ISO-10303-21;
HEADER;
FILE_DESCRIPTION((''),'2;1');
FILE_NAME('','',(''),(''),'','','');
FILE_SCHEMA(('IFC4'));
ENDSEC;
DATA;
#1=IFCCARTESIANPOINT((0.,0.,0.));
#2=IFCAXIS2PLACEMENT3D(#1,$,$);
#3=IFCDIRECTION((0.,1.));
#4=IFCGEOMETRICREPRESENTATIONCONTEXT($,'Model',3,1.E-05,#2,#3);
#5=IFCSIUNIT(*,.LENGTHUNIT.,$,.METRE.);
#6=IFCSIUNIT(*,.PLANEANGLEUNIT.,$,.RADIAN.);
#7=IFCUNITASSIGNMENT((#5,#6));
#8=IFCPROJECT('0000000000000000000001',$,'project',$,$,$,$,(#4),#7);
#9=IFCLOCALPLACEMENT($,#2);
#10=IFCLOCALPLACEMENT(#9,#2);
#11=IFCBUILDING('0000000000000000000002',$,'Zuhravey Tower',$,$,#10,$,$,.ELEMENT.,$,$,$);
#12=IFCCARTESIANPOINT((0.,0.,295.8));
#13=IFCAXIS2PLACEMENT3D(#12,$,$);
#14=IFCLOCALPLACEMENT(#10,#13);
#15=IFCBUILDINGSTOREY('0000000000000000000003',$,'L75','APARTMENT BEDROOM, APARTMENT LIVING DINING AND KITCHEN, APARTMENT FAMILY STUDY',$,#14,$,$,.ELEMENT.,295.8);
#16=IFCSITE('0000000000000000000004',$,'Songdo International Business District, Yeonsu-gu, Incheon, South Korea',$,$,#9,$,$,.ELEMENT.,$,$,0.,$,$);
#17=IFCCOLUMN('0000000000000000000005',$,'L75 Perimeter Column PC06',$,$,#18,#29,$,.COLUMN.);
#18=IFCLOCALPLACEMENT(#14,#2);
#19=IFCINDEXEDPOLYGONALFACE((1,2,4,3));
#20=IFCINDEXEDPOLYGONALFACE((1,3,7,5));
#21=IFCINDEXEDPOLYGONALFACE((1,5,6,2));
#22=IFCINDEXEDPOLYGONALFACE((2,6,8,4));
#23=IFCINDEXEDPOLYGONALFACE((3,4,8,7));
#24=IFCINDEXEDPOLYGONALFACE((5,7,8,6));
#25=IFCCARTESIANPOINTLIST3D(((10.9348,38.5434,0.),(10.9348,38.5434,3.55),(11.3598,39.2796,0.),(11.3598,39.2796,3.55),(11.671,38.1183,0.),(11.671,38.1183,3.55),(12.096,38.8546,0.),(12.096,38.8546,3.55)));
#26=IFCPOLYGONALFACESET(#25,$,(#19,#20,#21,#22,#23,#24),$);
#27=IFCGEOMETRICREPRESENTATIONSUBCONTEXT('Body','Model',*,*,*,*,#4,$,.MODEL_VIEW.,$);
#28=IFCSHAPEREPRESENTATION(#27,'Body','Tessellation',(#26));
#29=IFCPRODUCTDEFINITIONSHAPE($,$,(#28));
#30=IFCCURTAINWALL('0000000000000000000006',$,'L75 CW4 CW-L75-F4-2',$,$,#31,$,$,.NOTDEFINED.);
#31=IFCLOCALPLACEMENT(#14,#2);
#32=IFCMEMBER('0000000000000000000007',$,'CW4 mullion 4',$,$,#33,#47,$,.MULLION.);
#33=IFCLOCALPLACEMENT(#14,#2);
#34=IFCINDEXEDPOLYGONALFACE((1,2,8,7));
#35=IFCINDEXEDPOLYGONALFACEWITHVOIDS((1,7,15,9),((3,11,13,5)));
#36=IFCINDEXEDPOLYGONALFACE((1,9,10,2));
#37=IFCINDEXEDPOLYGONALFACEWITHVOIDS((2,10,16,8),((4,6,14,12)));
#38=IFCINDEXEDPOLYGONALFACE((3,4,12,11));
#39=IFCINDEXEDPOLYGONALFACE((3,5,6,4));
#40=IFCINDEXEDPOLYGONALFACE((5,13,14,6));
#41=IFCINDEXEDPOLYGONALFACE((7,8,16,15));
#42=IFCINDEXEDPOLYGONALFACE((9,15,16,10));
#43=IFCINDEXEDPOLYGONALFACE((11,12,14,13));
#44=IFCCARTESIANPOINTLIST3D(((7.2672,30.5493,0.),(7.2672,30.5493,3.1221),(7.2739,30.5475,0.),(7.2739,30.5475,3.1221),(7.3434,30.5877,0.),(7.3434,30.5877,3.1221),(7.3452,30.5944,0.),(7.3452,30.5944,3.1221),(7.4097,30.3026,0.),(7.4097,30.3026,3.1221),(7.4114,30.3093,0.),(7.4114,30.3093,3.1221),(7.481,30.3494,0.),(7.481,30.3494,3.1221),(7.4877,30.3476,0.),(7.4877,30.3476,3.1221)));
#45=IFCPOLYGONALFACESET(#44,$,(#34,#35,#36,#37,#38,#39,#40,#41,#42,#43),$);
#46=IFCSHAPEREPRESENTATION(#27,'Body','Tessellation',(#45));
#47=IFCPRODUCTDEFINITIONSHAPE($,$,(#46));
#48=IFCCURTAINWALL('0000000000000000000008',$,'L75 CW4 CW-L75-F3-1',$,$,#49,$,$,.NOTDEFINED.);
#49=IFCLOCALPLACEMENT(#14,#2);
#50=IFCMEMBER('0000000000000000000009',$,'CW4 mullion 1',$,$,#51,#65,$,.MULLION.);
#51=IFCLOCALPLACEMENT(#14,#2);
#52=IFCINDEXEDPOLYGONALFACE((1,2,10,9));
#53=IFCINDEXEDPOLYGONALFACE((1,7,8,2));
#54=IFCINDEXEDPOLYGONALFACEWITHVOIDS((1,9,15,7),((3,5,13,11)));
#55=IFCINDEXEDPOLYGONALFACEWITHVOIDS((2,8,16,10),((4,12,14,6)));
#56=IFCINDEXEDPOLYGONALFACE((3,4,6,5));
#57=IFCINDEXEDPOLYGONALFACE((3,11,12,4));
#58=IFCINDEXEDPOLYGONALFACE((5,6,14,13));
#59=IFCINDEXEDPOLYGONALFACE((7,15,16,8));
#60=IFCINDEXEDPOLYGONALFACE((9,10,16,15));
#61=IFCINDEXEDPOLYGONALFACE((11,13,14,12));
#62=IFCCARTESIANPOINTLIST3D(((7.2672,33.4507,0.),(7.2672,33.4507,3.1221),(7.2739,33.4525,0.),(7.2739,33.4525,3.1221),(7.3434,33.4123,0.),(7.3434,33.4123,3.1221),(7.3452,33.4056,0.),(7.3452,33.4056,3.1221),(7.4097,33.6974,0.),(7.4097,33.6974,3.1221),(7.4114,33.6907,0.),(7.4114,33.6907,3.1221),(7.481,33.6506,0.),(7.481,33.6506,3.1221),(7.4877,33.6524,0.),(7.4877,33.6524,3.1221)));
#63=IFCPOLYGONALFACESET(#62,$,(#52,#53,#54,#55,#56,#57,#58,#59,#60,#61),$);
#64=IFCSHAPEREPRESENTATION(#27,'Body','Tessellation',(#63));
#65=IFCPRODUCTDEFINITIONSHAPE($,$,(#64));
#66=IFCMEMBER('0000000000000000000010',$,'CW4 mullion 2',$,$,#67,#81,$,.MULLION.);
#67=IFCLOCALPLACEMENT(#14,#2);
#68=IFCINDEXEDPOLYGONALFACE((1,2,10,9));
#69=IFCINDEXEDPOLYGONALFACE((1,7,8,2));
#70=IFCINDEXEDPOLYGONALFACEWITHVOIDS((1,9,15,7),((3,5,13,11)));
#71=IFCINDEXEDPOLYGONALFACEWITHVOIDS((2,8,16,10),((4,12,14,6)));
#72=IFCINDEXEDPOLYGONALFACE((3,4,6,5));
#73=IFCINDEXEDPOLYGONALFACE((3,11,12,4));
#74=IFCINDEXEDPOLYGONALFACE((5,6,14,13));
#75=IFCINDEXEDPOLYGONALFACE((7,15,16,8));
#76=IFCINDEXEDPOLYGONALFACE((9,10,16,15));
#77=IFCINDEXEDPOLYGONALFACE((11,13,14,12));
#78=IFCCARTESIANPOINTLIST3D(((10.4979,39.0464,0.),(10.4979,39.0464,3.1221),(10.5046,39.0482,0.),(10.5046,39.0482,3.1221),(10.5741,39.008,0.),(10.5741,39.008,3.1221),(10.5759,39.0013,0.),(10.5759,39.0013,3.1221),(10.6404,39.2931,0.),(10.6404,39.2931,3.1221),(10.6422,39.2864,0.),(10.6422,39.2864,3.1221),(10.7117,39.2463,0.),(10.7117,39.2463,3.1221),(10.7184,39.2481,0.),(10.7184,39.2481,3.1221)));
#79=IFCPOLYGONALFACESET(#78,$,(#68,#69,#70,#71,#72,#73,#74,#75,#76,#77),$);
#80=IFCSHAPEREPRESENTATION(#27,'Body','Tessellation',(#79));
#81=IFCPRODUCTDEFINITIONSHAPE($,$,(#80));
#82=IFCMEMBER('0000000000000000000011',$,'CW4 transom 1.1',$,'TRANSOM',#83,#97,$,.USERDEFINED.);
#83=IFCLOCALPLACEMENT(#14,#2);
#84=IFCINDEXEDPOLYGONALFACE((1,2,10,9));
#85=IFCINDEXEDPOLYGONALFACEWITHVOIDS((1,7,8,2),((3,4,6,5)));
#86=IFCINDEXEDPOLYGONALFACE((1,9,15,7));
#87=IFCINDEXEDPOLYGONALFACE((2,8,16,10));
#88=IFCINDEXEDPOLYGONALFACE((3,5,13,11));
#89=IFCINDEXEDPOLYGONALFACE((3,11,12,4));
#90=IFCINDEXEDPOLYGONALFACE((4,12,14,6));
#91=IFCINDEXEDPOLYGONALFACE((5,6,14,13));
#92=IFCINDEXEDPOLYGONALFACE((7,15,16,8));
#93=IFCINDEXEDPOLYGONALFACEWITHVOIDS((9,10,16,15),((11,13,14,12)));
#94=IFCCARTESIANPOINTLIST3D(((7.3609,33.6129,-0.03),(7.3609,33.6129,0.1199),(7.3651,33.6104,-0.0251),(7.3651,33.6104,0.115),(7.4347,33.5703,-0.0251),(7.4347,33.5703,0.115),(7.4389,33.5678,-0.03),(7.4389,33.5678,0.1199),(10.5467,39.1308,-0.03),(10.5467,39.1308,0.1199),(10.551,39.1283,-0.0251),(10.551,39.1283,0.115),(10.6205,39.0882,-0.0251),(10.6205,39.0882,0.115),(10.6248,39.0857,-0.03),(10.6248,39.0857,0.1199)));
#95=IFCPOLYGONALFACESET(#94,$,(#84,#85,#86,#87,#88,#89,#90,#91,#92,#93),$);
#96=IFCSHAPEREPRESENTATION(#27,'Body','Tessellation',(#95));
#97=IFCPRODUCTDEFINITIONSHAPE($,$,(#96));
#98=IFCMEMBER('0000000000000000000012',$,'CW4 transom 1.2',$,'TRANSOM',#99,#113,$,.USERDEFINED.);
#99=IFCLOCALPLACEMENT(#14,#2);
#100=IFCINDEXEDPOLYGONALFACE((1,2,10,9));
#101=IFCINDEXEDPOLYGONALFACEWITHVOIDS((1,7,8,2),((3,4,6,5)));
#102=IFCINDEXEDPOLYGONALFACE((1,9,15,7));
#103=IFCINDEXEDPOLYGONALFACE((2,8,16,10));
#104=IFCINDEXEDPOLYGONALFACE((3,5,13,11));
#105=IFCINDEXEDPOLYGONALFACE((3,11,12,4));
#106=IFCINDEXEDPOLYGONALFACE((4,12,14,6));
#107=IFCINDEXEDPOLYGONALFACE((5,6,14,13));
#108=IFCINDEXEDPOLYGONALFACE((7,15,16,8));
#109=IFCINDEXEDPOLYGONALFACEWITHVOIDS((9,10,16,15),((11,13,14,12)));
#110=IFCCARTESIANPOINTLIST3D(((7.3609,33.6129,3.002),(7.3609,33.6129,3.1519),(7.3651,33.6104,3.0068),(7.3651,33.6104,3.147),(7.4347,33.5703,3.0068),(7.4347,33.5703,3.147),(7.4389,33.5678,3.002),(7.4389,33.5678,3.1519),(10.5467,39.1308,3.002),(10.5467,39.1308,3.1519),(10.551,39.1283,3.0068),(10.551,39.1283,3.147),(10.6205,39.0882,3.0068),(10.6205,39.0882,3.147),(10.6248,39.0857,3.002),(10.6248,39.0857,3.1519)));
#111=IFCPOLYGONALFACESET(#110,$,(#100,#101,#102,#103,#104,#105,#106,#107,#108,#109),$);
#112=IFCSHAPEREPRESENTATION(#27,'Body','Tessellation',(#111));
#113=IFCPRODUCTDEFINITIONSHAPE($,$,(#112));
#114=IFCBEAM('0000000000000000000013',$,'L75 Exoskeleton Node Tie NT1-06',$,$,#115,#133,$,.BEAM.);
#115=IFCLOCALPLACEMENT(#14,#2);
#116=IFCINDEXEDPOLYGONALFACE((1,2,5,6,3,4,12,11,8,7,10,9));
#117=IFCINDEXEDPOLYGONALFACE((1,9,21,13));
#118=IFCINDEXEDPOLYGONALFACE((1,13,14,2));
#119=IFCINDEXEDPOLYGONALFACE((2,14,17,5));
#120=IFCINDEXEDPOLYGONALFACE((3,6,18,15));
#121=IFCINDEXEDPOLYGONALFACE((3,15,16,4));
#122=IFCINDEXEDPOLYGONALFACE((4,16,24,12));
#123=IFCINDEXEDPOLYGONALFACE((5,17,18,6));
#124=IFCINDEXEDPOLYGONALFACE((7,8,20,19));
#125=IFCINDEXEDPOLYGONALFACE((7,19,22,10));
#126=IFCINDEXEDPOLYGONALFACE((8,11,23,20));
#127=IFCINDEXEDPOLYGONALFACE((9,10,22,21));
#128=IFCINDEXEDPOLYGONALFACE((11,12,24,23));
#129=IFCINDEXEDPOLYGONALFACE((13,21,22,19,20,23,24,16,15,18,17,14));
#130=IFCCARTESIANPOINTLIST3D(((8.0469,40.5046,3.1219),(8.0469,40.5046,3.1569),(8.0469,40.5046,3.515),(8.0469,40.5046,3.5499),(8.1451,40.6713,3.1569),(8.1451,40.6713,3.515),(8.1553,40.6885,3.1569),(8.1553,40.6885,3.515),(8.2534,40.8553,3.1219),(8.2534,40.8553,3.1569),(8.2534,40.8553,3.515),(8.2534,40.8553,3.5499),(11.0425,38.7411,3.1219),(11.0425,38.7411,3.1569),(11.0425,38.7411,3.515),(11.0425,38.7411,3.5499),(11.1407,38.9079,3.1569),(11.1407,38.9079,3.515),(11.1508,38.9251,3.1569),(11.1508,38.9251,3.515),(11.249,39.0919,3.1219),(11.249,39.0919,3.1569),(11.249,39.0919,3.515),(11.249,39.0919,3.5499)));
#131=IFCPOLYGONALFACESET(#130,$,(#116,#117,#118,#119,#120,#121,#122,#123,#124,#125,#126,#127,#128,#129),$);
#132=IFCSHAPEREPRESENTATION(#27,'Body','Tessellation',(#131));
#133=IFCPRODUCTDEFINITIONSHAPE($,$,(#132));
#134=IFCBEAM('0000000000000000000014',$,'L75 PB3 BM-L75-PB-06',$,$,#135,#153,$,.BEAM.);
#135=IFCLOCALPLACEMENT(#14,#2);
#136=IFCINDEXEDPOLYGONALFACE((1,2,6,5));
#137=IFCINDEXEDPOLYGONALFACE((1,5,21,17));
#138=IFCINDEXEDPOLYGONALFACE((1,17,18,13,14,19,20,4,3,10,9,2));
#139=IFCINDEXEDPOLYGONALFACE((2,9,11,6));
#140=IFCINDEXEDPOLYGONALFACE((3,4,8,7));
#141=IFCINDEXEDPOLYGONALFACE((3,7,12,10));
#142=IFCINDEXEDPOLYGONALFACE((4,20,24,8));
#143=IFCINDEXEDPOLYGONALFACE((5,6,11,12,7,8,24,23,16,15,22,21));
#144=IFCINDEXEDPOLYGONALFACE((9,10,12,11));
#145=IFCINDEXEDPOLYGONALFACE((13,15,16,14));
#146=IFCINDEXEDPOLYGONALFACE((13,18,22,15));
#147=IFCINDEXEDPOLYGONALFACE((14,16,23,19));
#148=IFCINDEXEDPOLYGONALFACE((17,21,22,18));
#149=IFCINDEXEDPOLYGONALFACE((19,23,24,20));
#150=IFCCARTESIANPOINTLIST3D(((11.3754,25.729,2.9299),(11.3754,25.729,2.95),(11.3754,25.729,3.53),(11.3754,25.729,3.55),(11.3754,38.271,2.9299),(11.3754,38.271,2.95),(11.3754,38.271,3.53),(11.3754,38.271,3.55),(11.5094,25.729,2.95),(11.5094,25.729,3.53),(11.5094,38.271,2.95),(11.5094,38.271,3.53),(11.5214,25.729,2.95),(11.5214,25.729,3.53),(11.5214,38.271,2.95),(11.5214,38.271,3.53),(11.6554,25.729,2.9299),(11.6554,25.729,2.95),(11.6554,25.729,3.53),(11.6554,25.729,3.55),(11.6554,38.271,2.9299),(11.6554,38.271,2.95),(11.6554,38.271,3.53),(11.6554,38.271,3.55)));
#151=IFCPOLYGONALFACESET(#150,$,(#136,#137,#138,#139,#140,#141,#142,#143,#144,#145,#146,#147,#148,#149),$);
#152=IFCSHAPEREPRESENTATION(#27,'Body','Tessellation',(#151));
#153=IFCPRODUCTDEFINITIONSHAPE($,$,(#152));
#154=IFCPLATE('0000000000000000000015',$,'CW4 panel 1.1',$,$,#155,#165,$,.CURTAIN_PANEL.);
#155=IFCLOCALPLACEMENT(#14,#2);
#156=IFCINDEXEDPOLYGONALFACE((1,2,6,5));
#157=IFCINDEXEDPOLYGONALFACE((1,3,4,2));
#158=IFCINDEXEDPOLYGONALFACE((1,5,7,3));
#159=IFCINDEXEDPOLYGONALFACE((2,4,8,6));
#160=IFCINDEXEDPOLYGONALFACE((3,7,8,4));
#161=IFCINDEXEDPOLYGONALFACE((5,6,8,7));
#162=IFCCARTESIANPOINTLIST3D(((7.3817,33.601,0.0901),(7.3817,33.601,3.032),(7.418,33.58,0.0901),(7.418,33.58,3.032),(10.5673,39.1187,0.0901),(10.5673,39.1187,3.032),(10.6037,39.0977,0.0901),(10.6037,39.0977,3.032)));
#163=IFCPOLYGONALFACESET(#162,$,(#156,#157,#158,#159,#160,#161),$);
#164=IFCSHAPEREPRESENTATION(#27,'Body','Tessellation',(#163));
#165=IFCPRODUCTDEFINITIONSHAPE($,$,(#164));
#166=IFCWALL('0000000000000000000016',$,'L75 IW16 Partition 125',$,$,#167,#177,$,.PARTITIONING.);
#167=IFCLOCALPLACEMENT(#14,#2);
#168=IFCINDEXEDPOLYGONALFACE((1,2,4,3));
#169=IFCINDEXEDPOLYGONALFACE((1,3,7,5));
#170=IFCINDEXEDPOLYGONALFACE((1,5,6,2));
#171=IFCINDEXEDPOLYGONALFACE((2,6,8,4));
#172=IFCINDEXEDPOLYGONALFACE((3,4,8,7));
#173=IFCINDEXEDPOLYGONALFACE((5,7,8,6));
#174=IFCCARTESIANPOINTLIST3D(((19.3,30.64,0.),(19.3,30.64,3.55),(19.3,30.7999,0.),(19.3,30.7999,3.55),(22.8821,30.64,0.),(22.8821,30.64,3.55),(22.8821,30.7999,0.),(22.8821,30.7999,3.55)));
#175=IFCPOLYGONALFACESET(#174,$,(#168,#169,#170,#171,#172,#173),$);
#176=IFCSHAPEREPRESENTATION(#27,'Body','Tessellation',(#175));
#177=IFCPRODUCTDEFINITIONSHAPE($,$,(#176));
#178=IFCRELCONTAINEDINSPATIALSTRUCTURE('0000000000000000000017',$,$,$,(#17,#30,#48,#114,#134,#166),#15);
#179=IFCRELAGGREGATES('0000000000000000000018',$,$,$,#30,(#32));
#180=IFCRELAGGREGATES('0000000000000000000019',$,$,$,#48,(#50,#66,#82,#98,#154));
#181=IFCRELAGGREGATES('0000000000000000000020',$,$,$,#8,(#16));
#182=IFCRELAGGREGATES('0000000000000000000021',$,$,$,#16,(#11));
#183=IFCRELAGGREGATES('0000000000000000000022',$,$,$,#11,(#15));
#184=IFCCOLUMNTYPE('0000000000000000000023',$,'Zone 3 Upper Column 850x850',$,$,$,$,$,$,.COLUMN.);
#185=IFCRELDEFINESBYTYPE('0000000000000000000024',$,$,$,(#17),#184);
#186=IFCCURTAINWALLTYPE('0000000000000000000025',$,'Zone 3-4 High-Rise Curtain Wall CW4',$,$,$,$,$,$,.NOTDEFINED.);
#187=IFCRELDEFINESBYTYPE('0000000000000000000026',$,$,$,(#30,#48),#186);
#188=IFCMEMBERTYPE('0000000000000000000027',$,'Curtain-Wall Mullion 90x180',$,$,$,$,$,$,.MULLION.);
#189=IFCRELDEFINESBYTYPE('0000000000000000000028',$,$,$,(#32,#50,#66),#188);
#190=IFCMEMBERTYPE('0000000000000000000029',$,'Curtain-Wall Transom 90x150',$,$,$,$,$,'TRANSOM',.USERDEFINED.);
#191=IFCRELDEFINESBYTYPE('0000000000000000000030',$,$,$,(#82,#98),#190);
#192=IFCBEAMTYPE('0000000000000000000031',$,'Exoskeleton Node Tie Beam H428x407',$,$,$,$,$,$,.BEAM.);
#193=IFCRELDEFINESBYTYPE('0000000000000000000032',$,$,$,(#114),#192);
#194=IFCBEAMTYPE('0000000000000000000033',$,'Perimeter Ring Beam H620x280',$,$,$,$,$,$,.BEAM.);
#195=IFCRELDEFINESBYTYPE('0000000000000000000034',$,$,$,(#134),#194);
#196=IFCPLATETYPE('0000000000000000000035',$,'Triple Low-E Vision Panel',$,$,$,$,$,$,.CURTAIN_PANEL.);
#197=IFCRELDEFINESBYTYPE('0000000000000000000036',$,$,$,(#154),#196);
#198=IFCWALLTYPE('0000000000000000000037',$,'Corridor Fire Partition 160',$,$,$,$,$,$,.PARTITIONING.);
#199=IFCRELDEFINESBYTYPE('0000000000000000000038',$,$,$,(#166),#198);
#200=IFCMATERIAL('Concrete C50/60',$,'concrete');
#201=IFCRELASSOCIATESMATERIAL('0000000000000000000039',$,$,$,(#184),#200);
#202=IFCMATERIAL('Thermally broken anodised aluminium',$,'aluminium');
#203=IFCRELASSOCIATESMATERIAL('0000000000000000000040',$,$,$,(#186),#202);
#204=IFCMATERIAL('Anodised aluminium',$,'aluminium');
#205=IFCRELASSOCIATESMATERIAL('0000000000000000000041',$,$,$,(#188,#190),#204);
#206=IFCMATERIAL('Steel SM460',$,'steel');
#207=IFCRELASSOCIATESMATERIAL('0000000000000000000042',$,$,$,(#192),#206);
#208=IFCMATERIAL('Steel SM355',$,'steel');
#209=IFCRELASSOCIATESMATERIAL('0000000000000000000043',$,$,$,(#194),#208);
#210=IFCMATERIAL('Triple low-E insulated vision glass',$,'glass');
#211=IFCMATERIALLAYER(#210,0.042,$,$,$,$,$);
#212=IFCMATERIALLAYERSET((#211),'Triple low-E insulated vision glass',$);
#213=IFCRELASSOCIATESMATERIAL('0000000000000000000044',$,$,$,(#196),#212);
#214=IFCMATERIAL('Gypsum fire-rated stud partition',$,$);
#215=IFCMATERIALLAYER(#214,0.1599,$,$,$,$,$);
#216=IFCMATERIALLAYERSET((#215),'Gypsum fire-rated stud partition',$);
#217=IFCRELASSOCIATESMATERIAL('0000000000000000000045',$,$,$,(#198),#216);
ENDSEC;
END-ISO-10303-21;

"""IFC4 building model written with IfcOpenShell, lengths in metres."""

from ifc_helpers import new_model, si_unit, direction, frame, frame_2d, origin, origin_2d, place, context, subcontext, project, spatial, rectangle, hollow_rectangle, i_section, extrude, material, layer, layer_set, material_profile, profile_set, type_object, element, aggregate, save


model = new_model("IFC4")

# Units and contexts
model_context = context("Model", 3, precision=1e-05, world=origin(), true_north=direction((0.0, 1.0)))
body_context = subcontext(model_context, "Body", "Model", "MODEL_VIEW")
ifc_project = project(units=[si_unit("LENGTHUNIT", "METRE"), si_unit("PLANEANGLEUNIT", "RADIAN")], contexts=[model_context])

# Site, building, storey
site_placement = place(None, origin())
site = spatial("IfcSite", under=ifc_project, at=site_placement, Name="Songdo International Business District, Yeonsu-gu, Incheon, South Korea", CompositionType="ELEMENT", RefElevation=0.0)
building_placement = place(site_placement, origin())
building = spatial("IfcBuilding", under=site, at=building_placement, Name="Zuhravey Tower", CompositionType="ELEMENT")
storey_placement = place(building_placement, frame((0.0, 0.0, 295.8)))
storey = spatial("IfcBuildingStorey", under=building, at=storey_placement, Name="L75", Description="APARTMENT BEDROOM, APARTMENT LIVING DINING AND KITCHEN, APARTMENT FAMILY STUDY", CompositionType="ELEMENT", Elevation=295.8)

# Column
ifc_material_1 = material(Name="Concrete C50/60", Category="concrete")
ifc_material_profile_1 = material_profile(ifc_material_1, rectangle(XDim=0.8501, YDim=0.8501, at=origin_2d()), Name="RC-850x850")
ifc_profile_set_1 = profile_set([ifc_material_profile_1], Name="Concrete C50/60")
column_type = type_object("IfcColumnType", Name="Zone 3 Upper Column 850x850", PredefinedType="COLUMN", material=ifc_profile_set_1)
column_placement = place(storey_placement, frame((11.5154, 38.699, 0.0), z_axis=(0.0, 0.0, 1.0), x_axis=(-0.5, -0.866025, 0.0)))
element("IfcColumn", 1, at=column_placement, inside=storey, type_object=column_type, Name="L75 Perimeter Column PC06", PredefinedType="COLUMN", context=body_context, shape_type="SweptSolid", body=[
    extrude(rectangle(XDim=0.8501, YDim=0.8501, at=origin_2d()), origin(), (0.0, 0.0, 1.0), 3.55),
])

# Curtain wall, member
ifc_material_2 = material(Name="Thermally broken anodised aluminium", Category="aluminium")
curtain_wall_type = type_object("IfcCurtainWallType", Name="Zone 3-4 High-Rise Curtain Wall CW4", PredefinedType="NOTDEFINED", material=ifc_material_2)
curtain_wall_1_placement = place(storey_placement, origin())
curtain_wall_1 = element("IfcCurtainWall", 2, at=curtain_wall_1_placement, inside=storey, type_object=curtain_wall_type, Name="L75 CW4 CW-L75-F4-2", PredefinedType="NOTDEFINED")
ifc_material_3 = material(Name="Anodised aluminium", Category="aluminium")
ifc_material_profile_2 = material_profile(ifc_material_3, hollow_rectangle(XDim=0.0901, YDim=0.2849, WallThickness=0.0049, at=origin_2d()), Name="ALU-RHS-90x285x5")
ifc_profile_set_2 = profile_set([ifc_material_profile_2], Name="Anodised aluminium")
member_type_1 = type_object("IfcMemberType", Name="Curtain-Wall Mullion 90x180", PredefinedType="MULLION", material=ifc_profile_set_2)
member_1_placement = place(storey_placement, frame((7.3774, 30.4485, 0.0), z_axis=(0.0, 0.0, 1.0), x_axis=(-0.866026, -0.499999, 0.0)))
member_1 = element("IfcMember", 3, at=member_1_placement, type_object=member_type_1, Name="CW4 mullion 4", PredefinedType="MULLION", context=body_context, shape_type="SweptSolid", body=[
    extrude(hollow_rectangle(XDim=0.0901, YDim=0.2849, WallThickness=0.0049, at=origin_2d()), origin(), (0.0, 0.0, 1.0), 3.1221),
])
aggregate(curtain_wall_1, [member_1])

# Curtain wall, members
curtain_wall_2_placement = place(storey_placement, origin())
curtain_wall_2 = element("IfcCurtainWall", 4, at=curtain_wall_2_placement, inside=storey, type_object=curtain_wall_type, Name="L75 CW4 CW-L75-F3-1", PredefinedType="NOTDEFINED")
member_2_placement = place(storey_placement, frame((7.3774, 33.5515, 0.0), z_axis=(0.0, 0.0, 1.0), x_axis=(-0.866025, 0.500001, 0.0)))
member_2 = element("IfcMember", 5, at=member_2_placement, type_object=member_type_1, Name="CW4 mullion 1", PredefinedType="MULLION", context=body_context, shape_type="SweptSolid", body=[
    extrude(hollow_rectangle(XDim=0.0901, YDim=0.2849, WallThickness=0.0049, at=origin_2d()), origin(), (0.0, 0.0, 1.0), 3.1221),
])
member_3_placement = place(storey_placement, frame((10.6082, 39.1472, 0.0), z_axis=(0.0, 0.0, 1.0), x_axis=(-0.866025, 0.500001, 0.0)))
member_3 = element("IfcMember", 6, at=member_3_placement, type_object=member_type_1, Name="CW4 mullion 2", PredefinedType="MULLION", context=body_context, shape_type="SweptSolid", body=[
    extrude(hollow_rectangle(XDim=0.0901, YDim=0.2849, WallThickness=0.0049, at=origin_2d()), origin(), (0.0, 0.0, 1.0), 3.1221),
])
ifc_material_profile_3 = material_profile(ifc_material_3, hollow_rectangle(XDim=0.0901, YDim=0.1499, WallThickness=0.0049, at=origin_2d()), Name="ALU-RHS-90x150x5")
ifc_profile_set_3 = profile_set([ifc_material_profile_3], Name="Anodised aluminium")
member_type_2 = type_object("IfcMemberType", Name="Curtain-Wall Transom 90x150", ElementType="TRANSOM", PredefinedType="USERDEFINED", material=ifc_profile_set_3)
member_4_placement = place(storey_placement, frame((7.3999, 33.5903, 0.0449), z_axis=(0.500009, 0.86602, 0.0), x_axis=(-0.86602, 0.500009, 0.0)))
member_4 = element("IfcMember", 7, at=member_4_placement, type_object=member_type_2, Name="CW4 transom 1.1", ObjectType="TRANSOM", PredefinedType="USERDEFINED", context=body_context, shape_type="SweptSolid", body=[
    extrude(hollow_rectangle(XDim=0.0901, YDim=0.1499, WallThickness=0.0049, at=origin_2d()), origin(), (0.0, 0.0, 1.0), 6.3716),
])
member_5_placement = place(storey_placement, frame((7.3999, 33.5903, 3.0769), z_axis=(0.500009, 0.86602, 0.0), x_axis=(-0.86602, 0.500009, 0.0)))
member_5 = element("IfcMember", 8, at=member_5_placement, type_object=member_type_2, Name="CW4 transom 1.2", ObjectType="TRANSOM", PredefinedType="USERDEFINED", context=body_context, shape_type="SweptSolid", body=[
    extrude(hollow_rectangle(XDim=0.0901, YDim=0.1499, WallThickness=0.0049, at=origin_2d()), origin(), (0.0, 0.0, 1.0), 6.3716),
])

# Beams
ifc_material_4 = material(Name="Steel SM460", Category="steel")
ifc_material_profile_4 = material_profile(ifc_material_4, i_section(OverallWidth=0.407, OverallDepth=0.428, WebThickness=0.02, FlangeThickness=0.0349, at=origin_2d()), Name="H-428x407x20x35")
ifc_profile_set_4 = profile_set([ifc_material_profile_4], Name="Steel SM460")
beam_type_1 = type_object("IfcBeamType", Name="Exoskeleton Node Tie Beam H428x407", PredefinedType="BEAM", material=ifc_profile_set_4)
beam_1_placement = place(storey_placement, frame((11.1458, 38.9165, 3.3359), z_axis=(-0.86177, 0.507299, 0.0), x_axis=(-0.507299, -0.86177, 0.0)))
element("IfcBeam", 9, at=beam_1_placement, inside=storey, type_object=beam_type_1, Name="L75 Exoskeleton Node Tie NT1-06", PredefinedType="BEAM", context=body_context, shape_type="SweptSolid", body=[
    extrude(i_section(OverallWidth=0.407, OverallDepth=0.428, WebThickness=0.02, FlangeThickness=0.0349, at=origin_2d()), origin(), (0.0, 0.0, 1.0), 3.4761),
])
ifc_material_5 = material(Name="Steel SM355", Category="steel")
ifc_material_profile_5 = material_profile(ifc_material_5, i_section(OverallWidth=0.28, OverallDepth=0.6201, WebThickness=0.012, FlangeThickness=0.02, at=origin_2d()), Name="H-620x280x12x20")
ifc_profile_set_5 = profile_set([ifc_material_profile_5], Name="Steel SM355")
beam_type_2 = type_object("IfcBeamType", Name="Perimeter Ring Beam H620x280", PredefinedType="BEAM", material=ifc_profile_set_5)
beam_2_placement = place(storey_placement, frame((11.5154, 38.271, 3.24), z_axis=(0.0, -1.0, 0.0), x_axis=(1.0, 0.0, 0.0)))
element("IfcBeam", 10, at=beam_2_placement, inside=storey, type_object=beam_type_2, Name="L75 PB3 BM-L75-PB-06", PredefinedType="BEAM", context=body_context, shape_type="SweptSolid", body=[
    extrude(i_section(OverallWidth=0.28, OverallDepth=0.6201, WebThickness=0.012, FlangeThickness=0.02, at=origin_2d()), origin(), (0.0, 0.0, 1.0), 12.542),
])

# Plate
ifc_material_6 = material(Name="Triple low-E insulated vision glass", Category="glass")
ifc_layer_1 = layer(ifc_material_6, 0.042)
ifc_layer_set_1 = layer_set([ifc_layer_1], Name="Triple low-E insulated vision glass")
plate_type = type_object("IfcPlateType", Name="Triple Low-E Vision Panel", PredefinedType="CURTAIN_PANEL", material=ifc_layer_set_1)
plate_placement = place(storey_placement, frame((8.9927, 36.3494, 0.0901), z_axis=(0.0, 0.0, 1.0), x_axis=(0.500001, 0.866025, 0.0)))
plate = element("IfcPlate", 11, at=plate_placement, type_object=plate_type, Name="CW4 panel 1.1", PredefinedType="CURTAIN_PANEL", context=body_context, shape_type="SweptSolid", body=[
    extrude(rectangle(XDim=6.3713, YDim=0.042, at=origin_2d()), origin(), (0.0, 0.0, 1.0), 2.9419),
])
aggregate(curtain_wall_2, [member_2, member_3, member_4, member_5, plate])

# Shared definitions
ifc_material_7 = material(Name="Gypsum fire-rated stud partition")
ifc_layer_2 = layer(ifc_material_7, 0.1599)
ifc_layer_set_2 = layer_set([ifc_layer_2], Name="Gypsum fire-rated stud partition")
wall_type_1 = type_object("IfcWallType", Name="Corridor Fire Partition 160", PredefinedType="PARTITIONING", material=ifc_layer_set_2)

# Wall
wall_1_placement = place(storey_placement, frame((19.3, 30.72, 0.0), z_axis=(0.0, 0.0, 1.0), x_axis=(1.0, 0.0, 0.0)))
element("IfcWall", 12, at=wall_1_placement, inside=storey, type_object=wall_type_1, Name="L75 IW16 Partition 125", PredefinedType="PARTITIONING", context=body_context, shape_type="SweptSolid", body=[
    extrude(rectangle(XDim=3.582, YDim=0.1599, at=frame_2d((1.791, 0.0))), origin(), (0.0, 0.0, 1.0), 3.55),
])

save(model, "model.ifc")
